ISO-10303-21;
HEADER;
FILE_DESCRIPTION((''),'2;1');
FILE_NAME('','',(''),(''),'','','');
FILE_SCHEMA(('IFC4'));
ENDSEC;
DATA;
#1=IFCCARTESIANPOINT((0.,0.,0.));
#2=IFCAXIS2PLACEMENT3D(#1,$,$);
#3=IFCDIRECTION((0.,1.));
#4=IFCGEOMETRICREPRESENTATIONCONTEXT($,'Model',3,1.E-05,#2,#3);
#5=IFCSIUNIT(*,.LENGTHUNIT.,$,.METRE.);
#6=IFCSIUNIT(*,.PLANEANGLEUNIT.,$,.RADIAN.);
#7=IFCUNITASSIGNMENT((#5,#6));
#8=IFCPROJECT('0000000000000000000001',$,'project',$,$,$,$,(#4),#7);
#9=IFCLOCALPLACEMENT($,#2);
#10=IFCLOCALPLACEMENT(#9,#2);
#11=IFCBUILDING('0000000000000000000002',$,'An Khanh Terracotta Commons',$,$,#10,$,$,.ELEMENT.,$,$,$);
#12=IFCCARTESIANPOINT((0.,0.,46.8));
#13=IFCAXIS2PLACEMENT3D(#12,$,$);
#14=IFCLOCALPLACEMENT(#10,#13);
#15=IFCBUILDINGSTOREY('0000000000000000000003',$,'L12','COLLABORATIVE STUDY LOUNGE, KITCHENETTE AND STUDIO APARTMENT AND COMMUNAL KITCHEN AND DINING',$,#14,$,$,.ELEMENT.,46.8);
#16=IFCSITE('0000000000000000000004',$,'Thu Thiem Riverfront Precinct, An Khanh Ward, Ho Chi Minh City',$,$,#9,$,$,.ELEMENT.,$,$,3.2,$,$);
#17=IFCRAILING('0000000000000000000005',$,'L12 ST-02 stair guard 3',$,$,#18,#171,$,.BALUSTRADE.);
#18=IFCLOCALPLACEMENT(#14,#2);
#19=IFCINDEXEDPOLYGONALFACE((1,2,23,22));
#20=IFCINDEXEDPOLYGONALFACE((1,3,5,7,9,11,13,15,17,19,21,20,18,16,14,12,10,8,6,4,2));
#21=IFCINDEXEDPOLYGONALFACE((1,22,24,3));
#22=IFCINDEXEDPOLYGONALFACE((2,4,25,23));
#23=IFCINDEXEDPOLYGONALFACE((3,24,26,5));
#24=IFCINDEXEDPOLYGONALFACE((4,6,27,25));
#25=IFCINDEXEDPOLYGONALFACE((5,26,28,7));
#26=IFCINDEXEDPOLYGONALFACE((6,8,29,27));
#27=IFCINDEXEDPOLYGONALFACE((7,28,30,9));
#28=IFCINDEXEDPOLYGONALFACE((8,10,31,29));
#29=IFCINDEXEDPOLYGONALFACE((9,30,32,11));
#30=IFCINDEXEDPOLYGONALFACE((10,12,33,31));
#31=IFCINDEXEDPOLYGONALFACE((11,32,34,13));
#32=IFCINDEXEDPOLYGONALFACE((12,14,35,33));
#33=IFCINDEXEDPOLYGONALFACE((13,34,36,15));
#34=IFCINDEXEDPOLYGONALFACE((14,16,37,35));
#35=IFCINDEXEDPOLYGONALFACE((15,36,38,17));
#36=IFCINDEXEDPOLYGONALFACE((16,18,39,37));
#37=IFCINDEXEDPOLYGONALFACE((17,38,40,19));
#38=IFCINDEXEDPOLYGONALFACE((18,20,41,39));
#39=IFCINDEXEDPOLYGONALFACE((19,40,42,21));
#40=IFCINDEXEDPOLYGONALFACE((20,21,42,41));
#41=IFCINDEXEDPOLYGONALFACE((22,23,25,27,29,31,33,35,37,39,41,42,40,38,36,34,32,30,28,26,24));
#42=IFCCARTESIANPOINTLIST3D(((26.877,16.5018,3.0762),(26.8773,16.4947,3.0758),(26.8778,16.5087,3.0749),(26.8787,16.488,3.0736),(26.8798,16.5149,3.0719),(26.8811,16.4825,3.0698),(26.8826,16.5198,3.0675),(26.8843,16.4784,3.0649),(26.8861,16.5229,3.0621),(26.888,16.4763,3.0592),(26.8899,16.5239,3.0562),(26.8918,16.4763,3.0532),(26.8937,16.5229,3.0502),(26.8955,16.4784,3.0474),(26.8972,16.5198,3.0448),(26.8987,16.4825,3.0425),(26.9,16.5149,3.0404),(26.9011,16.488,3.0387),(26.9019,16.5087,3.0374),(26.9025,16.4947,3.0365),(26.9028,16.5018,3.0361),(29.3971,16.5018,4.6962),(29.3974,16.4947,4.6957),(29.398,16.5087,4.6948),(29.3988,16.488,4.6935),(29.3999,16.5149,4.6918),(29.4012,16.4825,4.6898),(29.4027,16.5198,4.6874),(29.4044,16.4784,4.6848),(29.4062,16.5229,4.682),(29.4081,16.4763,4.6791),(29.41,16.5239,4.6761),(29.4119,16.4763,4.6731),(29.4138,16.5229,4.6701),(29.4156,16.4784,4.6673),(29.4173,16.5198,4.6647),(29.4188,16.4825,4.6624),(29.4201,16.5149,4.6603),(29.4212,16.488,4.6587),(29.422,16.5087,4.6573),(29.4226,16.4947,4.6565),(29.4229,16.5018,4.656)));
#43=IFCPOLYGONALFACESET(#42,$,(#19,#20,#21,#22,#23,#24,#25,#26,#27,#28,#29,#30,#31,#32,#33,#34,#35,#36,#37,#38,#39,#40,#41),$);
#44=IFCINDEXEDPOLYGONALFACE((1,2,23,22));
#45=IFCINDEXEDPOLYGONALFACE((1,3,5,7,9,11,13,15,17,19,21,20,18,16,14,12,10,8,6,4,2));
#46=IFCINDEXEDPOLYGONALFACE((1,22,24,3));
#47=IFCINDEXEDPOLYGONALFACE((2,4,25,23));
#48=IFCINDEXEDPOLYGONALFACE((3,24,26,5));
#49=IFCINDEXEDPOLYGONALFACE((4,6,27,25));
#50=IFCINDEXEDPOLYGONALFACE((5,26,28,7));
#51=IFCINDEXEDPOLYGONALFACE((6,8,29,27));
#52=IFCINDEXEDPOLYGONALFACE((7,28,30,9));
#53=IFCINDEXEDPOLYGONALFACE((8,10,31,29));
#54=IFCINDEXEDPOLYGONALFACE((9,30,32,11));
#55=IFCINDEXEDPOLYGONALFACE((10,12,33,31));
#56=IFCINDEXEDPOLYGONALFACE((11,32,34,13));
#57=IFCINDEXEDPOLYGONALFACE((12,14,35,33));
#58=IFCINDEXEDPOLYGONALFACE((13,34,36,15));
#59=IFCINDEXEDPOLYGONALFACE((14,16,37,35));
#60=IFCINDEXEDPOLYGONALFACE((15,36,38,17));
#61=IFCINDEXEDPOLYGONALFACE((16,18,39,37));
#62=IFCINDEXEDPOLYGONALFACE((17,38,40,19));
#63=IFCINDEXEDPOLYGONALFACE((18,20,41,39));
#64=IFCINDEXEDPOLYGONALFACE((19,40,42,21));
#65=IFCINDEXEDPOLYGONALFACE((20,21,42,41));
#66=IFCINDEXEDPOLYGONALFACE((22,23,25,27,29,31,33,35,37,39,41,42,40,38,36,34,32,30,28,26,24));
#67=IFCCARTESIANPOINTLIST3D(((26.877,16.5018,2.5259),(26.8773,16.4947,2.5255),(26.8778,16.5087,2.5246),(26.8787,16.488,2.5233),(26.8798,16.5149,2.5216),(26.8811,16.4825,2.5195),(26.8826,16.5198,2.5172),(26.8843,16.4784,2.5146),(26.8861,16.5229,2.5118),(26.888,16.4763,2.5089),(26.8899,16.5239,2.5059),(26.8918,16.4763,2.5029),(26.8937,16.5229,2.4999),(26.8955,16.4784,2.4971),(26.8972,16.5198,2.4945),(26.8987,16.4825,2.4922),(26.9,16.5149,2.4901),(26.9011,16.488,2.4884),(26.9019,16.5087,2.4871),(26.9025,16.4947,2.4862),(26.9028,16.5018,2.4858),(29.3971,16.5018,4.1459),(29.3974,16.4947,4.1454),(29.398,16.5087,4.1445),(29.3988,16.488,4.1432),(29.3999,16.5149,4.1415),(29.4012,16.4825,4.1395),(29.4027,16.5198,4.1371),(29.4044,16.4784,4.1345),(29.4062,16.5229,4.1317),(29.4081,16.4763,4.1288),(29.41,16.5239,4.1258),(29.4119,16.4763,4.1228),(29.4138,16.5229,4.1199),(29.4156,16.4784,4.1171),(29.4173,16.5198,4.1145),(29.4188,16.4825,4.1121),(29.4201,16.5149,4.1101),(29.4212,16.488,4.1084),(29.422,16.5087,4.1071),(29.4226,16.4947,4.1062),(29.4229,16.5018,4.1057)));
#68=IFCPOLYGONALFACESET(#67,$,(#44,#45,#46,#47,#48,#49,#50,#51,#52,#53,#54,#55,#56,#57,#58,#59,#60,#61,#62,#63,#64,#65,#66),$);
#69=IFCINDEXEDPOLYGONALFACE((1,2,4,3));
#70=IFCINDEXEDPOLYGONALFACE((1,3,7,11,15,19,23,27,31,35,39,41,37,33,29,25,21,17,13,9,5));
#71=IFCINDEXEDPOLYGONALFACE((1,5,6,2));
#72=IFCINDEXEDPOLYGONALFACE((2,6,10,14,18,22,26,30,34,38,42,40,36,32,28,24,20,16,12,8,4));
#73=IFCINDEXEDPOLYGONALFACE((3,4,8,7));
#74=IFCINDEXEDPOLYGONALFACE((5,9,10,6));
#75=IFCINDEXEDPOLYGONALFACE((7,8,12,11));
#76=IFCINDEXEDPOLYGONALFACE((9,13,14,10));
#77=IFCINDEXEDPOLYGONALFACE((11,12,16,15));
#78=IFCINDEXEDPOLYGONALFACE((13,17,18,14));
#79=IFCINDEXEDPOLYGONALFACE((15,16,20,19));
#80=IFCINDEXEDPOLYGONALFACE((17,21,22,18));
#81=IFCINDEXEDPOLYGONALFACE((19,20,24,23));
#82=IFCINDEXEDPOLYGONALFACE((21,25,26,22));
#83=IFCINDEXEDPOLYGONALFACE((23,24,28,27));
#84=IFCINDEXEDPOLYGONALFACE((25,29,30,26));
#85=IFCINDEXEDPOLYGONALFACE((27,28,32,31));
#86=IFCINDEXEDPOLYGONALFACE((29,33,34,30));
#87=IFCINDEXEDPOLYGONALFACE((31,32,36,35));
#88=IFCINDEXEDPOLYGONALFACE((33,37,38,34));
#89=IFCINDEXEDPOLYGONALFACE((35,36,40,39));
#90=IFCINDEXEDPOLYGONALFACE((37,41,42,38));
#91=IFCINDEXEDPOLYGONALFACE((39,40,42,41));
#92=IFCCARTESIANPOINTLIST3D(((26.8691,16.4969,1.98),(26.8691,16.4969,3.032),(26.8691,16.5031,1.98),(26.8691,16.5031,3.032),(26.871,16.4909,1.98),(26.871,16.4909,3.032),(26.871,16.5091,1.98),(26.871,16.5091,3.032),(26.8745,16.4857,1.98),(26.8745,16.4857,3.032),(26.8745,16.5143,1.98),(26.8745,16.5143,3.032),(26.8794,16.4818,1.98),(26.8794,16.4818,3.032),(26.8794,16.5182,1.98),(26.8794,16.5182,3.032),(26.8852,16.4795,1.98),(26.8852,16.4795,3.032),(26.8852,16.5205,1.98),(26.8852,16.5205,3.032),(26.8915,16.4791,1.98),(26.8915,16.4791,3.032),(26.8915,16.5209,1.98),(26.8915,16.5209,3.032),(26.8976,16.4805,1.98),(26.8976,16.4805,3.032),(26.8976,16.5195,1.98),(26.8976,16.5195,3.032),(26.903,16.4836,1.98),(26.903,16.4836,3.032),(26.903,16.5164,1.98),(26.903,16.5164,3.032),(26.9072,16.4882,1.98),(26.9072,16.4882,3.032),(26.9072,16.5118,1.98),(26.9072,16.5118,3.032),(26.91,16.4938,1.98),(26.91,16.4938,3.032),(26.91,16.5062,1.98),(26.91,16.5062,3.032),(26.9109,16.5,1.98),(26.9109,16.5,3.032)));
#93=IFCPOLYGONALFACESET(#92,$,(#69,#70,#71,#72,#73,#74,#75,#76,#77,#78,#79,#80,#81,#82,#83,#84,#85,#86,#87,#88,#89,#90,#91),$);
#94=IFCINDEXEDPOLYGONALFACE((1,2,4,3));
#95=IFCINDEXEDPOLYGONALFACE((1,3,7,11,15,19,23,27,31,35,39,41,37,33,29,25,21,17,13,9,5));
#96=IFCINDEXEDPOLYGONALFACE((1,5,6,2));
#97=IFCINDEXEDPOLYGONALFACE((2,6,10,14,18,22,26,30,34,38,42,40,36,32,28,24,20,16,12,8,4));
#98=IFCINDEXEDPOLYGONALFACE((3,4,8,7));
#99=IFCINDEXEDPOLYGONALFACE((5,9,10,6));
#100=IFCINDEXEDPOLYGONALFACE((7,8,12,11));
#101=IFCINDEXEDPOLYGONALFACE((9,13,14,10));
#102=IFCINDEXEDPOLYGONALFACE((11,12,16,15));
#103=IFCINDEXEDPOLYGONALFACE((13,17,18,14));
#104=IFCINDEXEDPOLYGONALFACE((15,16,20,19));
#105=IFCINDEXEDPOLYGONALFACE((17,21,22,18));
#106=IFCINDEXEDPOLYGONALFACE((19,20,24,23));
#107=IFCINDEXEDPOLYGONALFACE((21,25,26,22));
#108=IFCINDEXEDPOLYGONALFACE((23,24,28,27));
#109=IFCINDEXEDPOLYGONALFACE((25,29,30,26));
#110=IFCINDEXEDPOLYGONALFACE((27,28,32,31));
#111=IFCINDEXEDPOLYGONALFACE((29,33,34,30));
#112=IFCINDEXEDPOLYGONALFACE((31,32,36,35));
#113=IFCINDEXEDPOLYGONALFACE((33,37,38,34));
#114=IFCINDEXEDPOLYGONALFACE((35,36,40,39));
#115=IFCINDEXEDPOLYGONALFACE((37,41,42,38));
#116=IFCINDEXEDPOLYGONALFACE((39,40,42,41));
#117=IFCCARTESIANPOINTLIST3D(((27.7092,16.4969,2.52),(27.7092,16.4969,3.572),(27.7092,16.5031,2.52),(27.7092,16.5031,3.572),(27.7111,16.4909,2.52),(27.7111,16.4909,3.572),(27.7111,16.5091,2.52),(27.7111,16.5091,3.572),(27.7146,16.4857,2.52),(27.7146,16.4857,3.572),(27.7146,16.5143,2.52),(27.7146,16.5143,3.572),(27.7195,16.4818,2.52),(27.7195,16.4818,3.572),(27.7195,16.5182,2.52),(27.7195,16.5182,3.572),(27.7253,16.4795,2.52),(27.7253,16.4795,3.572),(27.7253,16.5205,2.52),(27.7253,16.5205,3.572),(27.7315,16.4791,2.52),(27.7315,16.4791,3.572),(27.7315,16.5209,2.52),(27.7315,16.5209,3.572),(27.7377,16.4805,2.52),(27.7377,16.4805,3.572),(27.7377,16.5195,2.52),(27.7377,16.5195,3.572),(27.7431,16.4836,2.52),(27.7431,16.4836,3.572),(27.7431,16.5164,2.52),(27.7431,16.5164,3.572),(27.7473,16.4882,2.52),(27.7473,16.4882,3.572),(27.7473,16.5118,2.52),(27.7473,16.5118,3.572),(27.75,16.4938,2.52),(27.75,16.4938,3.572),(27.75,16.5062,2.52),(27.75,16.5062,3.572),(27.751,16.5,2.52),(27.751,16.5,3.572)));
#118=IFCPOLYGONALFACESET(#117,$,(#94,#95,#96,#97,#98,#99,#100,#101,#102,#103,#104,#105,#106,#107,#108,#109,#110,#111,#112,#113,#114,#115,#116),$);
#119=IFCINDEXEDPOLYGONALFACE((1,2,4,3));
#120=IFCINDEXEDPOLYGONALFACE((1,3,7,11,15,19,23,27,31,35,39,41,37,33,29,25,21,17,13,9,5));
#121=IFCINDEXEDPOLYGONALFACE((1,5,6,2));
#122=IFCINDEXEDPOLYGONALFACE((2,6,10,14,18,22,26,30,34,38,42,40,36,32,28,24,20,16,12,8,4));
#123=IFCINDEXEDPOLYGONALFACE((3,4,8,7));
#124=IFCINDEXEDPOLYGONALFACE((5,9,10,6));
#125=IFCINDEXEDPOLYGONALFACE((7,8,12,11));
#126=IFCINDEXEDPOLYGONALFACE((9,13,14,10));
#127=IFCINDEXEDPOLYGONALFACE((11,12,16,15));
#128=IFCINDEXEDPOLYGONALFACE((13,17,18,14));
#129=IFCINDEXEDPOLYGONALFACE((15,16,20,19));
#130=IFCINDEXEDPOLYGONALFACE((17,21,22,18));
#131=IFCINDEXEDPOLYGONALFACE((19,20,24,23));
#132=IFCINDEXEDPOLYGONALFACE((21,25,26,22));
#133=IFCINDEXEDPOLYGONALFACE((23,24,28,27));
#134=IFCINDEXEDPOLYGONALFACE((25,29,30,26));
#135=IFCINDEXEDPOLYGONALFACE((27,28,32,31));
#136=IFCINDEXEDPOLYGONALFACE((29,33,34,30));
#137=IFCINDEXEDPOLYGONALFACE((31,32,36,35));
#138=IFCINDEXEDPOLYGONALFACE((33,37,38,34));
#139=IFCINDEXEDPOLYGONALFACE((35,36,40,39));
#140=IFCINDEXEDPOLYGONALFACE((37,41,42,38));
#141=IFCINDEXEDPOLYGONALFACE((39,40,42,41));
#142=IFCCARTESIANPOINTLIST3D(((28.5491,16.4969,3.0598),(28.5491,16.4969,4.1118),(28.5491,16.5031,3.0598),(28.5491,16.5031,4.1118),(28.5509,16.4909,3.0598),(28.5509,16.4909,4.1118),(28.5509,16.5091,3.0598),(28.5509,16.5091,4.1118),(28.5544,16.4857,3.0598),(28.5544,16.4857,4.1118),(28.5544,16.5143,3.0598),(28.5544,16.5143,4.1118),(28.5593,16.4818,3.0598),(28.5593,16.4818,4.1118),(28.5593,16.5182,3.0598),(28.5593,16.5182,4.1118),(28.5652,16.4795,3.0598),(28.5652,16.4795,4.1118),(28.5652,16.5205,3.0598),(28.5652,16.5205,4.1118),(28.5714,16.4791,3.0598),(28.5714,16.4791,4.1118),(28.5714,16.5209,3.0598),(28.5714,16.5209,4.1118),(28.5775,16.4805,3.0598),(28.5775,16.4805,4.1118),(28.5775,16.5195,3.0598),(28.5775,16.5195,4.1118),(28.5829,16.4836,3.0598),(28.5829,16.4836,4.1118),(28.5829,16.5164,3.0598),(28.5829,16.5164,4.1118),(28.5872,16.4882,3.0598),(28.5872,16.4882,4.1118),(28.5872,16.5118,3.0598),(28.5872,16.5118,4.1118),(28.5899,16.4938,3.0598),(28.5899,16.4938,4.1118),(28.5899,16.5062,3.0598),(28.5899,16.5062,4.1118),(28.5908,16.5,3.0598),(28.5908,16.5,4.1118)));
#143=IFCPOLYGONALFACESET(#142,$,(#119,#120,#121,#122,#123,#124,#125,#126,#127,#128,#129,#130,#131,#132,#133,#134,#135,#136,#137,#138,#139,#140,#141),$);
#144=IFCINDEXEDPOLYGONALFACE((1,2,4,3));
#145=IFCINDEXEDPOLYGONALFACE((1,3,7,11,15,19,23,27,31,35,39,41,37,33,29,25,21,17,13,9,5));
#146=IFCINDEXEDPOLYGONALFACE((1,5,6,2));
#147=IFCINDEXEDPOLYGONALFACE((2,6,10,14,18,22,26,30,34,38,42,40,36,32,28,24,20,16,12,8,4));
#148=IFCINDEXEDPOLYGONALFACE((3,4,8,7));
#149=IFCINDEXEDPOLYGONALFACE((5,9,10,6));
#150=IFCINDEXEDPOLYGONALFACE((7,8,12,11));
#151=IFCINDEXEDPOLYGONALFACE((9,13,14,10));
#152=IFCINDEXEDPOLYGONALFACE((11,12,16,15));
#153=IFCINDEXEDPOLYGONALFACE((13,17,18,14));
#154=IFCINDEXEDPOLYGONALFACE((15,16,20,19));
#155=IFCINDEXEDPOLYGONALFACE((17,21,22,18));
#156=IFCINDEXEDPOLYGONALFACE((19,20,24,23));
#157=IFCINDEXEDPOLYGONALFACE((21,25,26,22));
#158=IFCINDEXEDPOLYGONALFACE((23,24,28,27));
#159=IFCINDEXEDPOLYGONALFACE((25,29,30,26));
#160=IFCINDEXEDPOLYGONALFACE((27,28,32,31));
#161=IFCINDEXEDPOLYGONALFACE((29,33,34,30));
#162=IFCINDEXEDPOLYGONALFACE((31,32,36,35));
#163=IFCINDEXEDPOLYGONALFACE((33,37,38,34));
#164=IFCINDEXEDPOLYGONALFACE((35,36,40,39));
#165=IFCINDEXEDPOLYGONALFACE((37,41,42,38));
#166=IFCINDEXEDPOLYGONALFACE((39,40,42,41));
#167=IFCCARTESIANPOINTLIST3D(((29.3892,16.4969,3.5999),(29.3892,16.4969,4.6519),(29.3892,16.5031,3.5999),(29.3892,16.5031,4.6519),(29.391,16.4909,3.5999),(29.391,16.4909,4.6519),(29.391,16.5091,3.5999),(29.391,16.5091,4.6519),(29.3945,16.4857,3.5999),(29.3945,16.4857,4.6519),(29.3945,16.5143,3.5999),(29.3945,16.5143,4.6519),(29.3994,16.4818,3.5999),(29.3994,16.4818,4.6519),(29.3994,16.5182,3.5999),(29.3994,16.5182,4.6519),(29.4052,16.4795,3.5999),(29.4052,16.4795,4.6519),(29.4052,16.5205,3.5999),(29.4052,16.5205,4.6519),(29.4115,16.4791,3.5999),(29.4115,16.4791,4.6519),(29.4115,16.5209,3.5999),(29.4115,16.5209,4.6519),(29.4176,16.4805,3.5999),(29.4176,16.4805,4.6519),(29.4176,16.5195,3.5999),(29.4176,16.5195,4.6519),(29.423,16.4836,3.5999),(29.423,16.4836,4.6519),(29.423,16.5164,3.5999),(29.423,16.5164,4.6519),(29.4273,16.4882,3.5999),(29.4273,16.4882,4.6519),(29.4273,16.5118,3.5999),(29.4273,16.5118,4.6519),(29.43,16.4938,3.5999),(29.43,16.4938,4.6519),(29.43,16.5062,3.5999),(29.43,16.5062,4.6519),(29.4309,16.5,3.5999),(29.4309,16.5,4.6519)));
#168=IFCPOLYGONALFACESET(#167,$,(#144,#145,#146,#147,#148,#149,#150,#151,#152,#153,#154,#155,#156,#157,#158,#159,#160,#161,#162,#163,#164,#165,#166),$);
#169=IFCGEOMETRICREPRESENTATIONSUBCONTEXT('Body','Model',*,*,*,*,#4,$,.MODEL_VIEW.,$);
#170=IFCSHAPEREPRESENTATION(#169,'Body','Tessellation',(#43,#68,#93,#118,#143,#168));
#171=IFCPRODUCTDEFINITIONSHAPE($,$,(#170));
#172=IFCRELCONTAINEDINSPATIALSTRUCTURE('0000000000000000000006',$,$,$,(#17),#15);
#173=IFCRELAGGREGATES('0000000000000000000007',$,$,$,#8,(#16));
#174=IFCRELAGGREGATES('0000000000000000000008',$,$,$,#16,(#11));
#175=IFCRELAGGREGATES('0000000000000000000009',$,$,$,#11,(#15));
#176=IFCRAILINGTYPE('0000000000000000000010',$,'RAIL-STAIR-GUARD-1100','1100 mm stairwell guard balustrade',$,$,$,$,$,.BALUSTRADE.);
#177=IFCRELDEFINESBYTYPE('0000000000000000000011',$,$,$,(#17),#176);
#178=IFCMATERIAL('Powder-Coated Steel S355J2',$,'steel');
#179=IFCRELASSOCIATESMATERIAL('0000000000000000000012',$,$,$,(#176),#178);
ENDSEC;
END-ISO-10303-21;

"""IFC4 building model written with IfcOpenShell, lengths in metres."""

from ifc_helpers import new_model, si_unit, direction, frame, origin, origin_2d, place, context, subcontext, project, spatial, circle, extrude, material, type_object, element, save


model = new_model("IFC4")

# Units and contexts
model_context = context("Model", 3, precision=1e-05, world=origin(), true_north=direction((0.0, 1.0)))
body_context = subcontext(model_context, "Body", "Model", "MODEL_VIEW")
ifc_project = project(units=[si_unit("LENGTHUNIT", "METRE"), si_unit("PLANEANGLEUNIT", "RADIAN")], contexts=[model_context])

# Site, building, storey
site_placement = place(None, origin())
site = spatial("IfcSite", under=ifc_project, at=site_placement, Name="Thu Thiem Riverfront Precinct, An Khanh Ward, Ho Chi Minh City", CompositionType="ELEMENT", RefElevation=3.2)
building_placement = place(site_placement, origin())
building = spatial("IfcBuilding", under=site, at=building_placement, Name="An Khanh Terracotta Commons", CompositionType="ELEMENT")
storey_placement = place(building_placement, frame((0.0, 0.0, 46.8)))
storey = spatial("IfcBuildingStorey", under=building, at=storey_placement, Name="L12", Description="COLLABORATIVE STUDY LOUNGE, KITCHENETTE AND STUDIO APARTMENT AND COMMUNAL KITCHEN AND DINING", CompositionType="ELEMENT", Elevation=46.8)

# Railing
ifc_material_1 = material(Name="Powder-Coated Steel S355J2", Category="steel")
railing_type_1 = type_object("IfcRailingType", Name="RAIL-STAIR-GUARD-1100", Description="1100 mm stairwell guard balustrade", PredefinedType="BALUSTRADE", material=ifc_material_1)
railing_1_placement = place(storey_placement, frame((26.8899, 16.5, 1.98)))
element("IfcRailing", 1, at=railing_1_placement, inside=storey, type_object=railing_type_1, Name="L12 ST-02 stair guard 3", PredefinedType="BALUSTRADE", context=body_context, shape_type="SweptSolid", body=[
    extrude(circle(Radius=0.0239, at=origin_2d()), frame((0.0, 0.0, 1.0762), z_axis=(0.8412, 0.0, 0.540725), x_axis=(0.0, 1.0, 0.0)), (0.0, 0.0, 1.0), 2.9958),
    extrude(circle(Radius=0.0239, at=origin_2d()), frame((0.0, 0.0, 0.5259), z_axis=(0.8412, 0.0, 0.540725), x_axis=(0.0, 1.0, 0.0)), (0.0, 0.0, 1.0), 2.9958),
    extrude(circle(Radius=0.021, at=origin_2d()), origin(), (0.0, 0.0, 1.0), 1.052),
    extrude(circle(Radius=0.021, at=origin_2d()), frame((0.8401, 0.0, 0.54)), (0.0, 0.0, 1.0), 1.052),
    extrude(circle(Radius=0.021, at=origin_2d()), frame((1.6799, 0.0, 1.0798)), (0.0, 0.0, 1.0), 1.052),
    extrude(circle(Radius=0.021, at=origin_2d()), frame((2.52, 0.0, 1.6199)), (0.0, 0.0, 1.0), 1.052),
])

save(model, "model.ifc")
